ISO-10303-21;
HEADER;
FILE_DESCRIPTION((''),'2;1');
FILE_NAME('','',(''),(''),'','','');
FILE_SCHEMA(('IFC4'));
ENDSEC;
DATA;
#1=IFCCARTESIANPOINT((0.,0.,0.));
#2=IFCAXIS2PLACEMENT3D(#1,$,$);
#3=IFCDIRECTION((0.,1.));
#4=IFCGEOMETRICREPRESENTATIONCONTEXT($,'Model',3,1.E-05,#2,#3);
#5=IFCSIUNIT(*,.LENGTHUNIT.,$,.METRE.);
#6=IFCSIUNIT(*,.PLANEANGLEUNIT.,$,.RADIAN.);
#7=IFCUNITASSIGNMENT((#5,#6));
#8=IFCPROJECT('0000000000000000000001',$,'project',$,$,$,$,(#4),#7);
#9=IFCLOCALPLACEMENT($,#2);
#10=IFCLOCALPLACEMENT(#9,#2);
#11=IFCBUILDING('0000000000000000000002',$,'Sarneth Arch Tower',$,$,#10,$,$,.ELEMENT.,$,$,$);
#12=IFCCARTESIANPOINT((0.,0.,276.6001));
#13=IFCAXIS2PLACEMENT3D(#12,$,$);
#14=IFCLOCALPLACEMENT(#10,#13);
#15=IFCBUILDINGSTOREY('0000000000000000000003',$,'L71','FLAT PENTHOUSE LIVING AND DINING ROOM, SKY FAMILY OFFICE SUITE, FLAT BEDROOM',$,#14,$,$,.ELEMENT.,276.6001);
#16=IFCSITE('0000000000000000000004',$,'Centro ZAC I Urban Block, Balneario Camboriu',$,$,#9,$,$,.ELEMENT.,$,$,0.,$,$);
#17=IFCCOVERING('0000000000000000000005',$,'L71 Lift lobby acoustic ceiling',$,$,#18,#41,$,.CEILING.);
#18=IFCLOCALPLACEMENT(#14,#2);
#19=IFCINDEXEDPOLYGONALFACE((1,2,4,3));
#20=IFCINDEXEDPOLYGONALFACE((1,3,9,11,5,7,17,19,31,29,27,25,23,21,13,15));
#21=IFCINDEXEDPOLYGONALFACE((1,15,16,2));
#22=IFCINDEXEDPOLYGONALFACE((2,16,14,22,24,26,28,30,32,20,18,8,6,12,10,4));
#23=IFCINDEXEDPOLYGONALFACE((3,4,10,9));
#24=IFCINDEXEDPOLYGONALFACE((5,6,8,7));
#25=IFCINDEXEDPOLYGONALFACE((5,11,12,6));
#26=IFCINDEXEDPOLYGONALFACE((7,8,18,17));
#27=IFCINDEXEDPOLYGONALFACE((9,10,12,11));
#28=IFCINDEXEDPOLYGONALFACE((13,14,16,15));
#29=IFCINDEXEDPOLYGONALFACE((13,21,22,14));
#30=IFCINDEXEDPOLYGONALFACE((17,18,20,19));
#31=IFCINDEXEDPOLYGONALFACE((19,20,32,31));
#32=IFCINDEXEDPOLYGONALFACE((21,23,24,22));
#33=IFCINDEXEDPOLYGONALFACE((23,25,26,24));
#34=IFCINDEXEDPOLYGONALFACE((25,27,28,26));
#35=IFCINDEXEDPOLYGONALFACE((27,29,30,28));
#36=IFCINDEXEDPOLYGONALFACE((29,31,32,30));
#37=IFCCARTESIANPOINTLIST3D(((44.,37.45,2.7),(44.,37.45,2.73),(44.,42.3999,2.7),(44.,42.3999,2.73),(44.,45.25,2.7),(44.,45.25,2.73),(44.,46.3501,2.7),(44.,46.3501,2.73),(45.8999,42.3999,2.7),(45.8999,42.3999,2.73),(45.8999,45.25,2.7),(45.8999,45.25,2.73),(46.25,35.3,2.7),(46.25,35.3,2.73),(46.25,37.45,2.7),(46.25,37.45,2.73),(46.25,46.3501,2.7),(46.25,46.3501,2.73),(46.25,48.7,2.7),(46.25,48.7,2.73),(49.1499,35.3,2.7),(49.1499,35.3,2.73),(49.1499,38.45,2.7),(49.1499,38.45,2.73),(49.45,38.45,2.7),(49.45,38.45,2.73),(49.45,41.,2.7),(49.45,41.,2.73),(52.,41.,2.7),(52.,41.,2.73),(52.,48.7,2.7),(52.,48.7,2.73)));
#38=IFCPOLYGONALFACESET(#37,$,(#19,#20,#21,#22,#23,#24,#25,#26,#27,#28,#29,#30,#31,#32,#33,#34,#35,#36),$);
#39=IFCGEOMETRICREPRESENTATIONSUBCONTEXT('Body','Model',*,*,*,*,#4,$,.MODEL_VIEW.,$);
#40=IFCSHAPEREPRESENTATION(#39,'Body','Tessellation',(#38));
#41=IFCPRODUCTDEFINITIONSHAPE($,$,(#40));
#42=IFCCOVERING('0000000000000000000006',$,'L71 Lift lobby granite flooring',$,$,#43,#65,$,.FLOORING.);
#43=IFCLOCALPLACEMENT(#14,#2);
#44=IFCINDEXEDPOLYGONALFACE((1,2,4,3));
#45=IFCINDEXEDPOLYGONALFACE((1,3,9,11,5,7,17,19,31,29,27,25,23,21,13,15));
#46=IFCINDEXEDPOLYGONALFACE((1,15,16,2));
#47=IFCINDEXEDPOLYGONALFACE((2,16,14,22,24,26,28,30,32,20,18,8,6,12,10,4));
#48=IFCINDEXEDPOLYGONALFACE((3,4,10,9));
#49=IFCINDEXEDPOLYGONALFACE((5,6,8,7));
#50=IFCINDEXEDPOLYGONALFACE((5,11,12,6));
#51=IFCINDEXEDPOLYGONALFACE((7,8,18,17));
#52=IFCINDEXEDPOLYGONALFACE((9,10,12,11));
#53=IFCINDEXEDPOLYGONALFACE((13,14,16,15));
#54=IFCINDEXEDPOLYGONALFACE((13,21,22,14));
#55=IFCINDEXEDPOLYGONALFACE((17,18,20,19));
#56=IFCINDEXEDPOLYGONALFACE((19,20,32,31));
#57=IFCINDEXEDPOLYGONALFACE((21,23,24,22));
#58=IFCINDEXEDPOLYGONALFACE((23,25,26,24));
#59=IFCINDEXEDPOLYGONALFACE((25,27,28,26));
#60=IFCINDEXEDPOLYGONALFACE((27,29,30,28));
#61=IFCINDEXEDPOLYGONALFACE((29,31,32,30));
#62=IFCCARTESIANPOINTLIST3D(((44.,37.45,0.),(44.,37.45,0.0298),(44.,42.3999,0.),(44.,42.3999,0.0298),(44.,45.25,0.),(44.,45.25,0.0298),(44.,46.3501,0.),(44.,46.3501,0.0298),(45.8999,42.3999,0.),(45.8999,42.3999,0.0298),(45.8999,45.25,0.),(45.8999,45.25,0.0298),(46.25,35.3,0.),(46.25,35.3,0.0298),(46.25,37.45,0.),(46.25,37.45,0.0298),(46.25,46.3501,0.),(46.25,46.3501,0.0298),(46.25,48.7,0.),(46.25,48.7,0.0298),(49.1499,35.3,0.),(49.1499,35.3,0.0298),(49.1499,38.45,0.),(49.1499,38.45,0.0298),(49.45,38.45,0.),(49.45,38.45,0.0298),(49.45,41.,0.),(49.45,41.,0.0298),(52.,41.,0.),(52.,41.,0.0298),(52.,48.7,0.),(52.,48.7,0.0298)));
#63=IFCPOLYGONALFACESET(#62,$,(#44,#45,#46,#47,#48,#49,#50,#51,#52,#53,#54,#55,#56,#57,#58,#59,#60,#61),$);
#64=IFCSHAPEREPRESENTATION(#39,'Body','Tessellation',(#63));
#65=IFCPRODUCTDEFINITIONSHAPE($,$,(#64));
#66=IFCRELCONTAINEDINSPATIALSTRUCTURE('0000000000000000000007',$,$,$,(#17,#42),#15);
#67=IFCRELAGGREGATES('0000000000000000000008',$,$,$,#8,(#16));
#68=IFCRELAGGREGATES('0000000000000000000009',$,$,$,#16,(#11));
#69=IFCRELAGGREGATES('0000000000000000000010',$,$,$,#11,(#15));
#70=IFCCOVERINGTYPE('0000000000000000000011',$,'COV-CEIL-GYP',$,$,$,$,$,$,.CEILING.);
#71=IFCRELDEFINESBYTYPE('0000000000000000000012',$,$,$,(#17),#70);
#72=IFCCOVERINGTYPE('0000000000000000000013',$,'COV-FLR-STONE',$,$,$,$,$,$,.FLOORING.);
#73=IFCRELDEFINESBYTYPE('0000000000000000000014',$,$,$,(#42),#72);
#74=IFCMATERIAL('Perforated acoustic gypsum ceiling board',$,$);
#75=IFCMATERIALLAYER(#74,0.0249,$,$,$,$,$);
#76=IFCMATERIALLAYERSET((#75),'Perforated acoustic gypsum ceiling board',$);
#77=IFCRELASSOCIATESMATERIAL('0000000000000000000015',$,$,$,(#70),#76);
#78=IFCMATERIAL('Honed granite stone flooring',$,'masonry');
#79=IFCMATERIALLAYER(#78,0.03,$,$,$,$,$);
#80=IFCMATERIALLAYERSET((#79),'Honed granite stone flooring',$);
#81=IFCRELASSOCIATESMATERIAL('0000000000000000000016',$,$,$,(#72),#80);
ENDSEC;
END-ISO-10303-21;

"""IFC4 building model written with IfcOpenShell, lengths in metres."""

from ifc_helpers import new_model, si_unit, direction, frame, origin, place, context, subcontext, project, spatial, polyline, outline, extrude, material, layer, layer_set, type_object, element, save


model = new_model("IFC4")

# Units and contexts
model_context = context("Model", 3, precision=1e-05, world=origin(), true_north=direction((0.0, 1.0)))
body_context = subcontext(model_context, "Body", "Model", "MODEL_VIEW")
ifc_project = project(units=[si_unit("LENGTHUNIT", "METRE"), si_unit("PLANEANGLEUNIT", "RADIAN")], contexts=[model_context])

# Site, building, storey
site_placement = place(None, origin())
site = spatial("IfcSite", under=ifc_project, at=site_placement, Name="Centro ZAC I Urban Block, Balneario Camboriu", CompositionType="ELEMENT", RefElevation=0.0)
building_placement = place(site_placement, origin())
building = spatial("IfcBuilding", under=site, at=building_placement, Name="Sarneth Arch Tower", CompositionType="ELEMENT")
storey_placement = place(building_placement, frame((0.0, 0.0, 276.6001)))
storey = spatial("IfcBuildingStorey", under=building, at=storey_placement, Name="L71", Description="FLAT PENTHOUSE LIVING AND DINING ROOM, SKY FAMILY OFFICE SUITE, FLAT BEDROOM", CompositionType="ELEMENT", Elevation=276.6001)

# Coverings
ifc_material_1 = material(Name="Perforated acoustic gypsum ceiling board")
ifc_layer_1 = layer(ifc_material_1, 0.0249)
ifc_layer_set_1 = layer_set([ifc_layer_1], Name="Perforated acoustic gypsum ceiling board")
covering_type_1 = type_object("IfcCoveringType", Name="COV-CEIL-GYP", PredefinedType="CEILING", material=ifc_layer_set_1)
covering_1_placement = place(storey_placement, frame((0.0, 0.0, 2.7)))
element("IfcCovering", 1, at=covering_1_placement, inside=storey, type_object=covering_type_1, Name="L71 Lift lobby acoustic ceiling", PredefinedType="CEILING", context=body_context, shape_type="SweptSolid", body=[
    extrude(outline(polyline([(49.45, 41.0), (49.45, 38.45), (49.1499, 38.45), (49.1499, 35.3), (46.25, 35.3), (46.25, 37.45), (44.0, 37.45), (44.0, 42.3999), (45.8999, 42.3999), (45.8999, 45.25), (44.0, 45.25), (44.0, 46.3501), (46.25, 46.3501), (46.25, 48.7), (52.0, 48.7), (52.0, 41.0), (49.45, 41.0)])), origin(), (0.0, 0.0, 1.0), 0.03),
])
ifc_material_2 = material(Name="Honed granite stone flooring", Category="masonry")
ifc_layer_2 = layer(ifc_material_2, 0.03)
ifc_layer_set_2 = layer_set([ifc_layer_2], Name="Honed granite stone flooring")
covering_type_2 = type_object("IfcCoveringType", Name="COV-FLR-STONE", PredefinedType="FLOORING", material=ifc_layer_set_2)
covering_2_placement = place(storey_placement, origin())
element("IfcCovering", 2, at=covering_2_placement, inside=storey, type_object=covering_type_2, Name="L71 Lift lobby granite flooring", PredefinedType="FLOORING", context=body_context, shape_type="SweptSolid", body=[
    extrude(outline(polyline([(49.45, 41.0), (49.45, 38.45), (49.1499, 38.45), (49.1499, 35.3), (46.25, 35.3), (46.25, 37.45), (44.0, 37.45), (44.0, 42.3999), (45.8999, 42.3999), (45.8999, 45.25), (44.0, 45.25), (44.0, 46.3501), (46.25, 46.3501), (46.25, 48.7), (52.0, 48.7), (52.0, 41.0), (49.45, 41.0)])), origin(), (0.0, 0.0, 1.0), 0.0298),
])

save(model, "model.ifc")
